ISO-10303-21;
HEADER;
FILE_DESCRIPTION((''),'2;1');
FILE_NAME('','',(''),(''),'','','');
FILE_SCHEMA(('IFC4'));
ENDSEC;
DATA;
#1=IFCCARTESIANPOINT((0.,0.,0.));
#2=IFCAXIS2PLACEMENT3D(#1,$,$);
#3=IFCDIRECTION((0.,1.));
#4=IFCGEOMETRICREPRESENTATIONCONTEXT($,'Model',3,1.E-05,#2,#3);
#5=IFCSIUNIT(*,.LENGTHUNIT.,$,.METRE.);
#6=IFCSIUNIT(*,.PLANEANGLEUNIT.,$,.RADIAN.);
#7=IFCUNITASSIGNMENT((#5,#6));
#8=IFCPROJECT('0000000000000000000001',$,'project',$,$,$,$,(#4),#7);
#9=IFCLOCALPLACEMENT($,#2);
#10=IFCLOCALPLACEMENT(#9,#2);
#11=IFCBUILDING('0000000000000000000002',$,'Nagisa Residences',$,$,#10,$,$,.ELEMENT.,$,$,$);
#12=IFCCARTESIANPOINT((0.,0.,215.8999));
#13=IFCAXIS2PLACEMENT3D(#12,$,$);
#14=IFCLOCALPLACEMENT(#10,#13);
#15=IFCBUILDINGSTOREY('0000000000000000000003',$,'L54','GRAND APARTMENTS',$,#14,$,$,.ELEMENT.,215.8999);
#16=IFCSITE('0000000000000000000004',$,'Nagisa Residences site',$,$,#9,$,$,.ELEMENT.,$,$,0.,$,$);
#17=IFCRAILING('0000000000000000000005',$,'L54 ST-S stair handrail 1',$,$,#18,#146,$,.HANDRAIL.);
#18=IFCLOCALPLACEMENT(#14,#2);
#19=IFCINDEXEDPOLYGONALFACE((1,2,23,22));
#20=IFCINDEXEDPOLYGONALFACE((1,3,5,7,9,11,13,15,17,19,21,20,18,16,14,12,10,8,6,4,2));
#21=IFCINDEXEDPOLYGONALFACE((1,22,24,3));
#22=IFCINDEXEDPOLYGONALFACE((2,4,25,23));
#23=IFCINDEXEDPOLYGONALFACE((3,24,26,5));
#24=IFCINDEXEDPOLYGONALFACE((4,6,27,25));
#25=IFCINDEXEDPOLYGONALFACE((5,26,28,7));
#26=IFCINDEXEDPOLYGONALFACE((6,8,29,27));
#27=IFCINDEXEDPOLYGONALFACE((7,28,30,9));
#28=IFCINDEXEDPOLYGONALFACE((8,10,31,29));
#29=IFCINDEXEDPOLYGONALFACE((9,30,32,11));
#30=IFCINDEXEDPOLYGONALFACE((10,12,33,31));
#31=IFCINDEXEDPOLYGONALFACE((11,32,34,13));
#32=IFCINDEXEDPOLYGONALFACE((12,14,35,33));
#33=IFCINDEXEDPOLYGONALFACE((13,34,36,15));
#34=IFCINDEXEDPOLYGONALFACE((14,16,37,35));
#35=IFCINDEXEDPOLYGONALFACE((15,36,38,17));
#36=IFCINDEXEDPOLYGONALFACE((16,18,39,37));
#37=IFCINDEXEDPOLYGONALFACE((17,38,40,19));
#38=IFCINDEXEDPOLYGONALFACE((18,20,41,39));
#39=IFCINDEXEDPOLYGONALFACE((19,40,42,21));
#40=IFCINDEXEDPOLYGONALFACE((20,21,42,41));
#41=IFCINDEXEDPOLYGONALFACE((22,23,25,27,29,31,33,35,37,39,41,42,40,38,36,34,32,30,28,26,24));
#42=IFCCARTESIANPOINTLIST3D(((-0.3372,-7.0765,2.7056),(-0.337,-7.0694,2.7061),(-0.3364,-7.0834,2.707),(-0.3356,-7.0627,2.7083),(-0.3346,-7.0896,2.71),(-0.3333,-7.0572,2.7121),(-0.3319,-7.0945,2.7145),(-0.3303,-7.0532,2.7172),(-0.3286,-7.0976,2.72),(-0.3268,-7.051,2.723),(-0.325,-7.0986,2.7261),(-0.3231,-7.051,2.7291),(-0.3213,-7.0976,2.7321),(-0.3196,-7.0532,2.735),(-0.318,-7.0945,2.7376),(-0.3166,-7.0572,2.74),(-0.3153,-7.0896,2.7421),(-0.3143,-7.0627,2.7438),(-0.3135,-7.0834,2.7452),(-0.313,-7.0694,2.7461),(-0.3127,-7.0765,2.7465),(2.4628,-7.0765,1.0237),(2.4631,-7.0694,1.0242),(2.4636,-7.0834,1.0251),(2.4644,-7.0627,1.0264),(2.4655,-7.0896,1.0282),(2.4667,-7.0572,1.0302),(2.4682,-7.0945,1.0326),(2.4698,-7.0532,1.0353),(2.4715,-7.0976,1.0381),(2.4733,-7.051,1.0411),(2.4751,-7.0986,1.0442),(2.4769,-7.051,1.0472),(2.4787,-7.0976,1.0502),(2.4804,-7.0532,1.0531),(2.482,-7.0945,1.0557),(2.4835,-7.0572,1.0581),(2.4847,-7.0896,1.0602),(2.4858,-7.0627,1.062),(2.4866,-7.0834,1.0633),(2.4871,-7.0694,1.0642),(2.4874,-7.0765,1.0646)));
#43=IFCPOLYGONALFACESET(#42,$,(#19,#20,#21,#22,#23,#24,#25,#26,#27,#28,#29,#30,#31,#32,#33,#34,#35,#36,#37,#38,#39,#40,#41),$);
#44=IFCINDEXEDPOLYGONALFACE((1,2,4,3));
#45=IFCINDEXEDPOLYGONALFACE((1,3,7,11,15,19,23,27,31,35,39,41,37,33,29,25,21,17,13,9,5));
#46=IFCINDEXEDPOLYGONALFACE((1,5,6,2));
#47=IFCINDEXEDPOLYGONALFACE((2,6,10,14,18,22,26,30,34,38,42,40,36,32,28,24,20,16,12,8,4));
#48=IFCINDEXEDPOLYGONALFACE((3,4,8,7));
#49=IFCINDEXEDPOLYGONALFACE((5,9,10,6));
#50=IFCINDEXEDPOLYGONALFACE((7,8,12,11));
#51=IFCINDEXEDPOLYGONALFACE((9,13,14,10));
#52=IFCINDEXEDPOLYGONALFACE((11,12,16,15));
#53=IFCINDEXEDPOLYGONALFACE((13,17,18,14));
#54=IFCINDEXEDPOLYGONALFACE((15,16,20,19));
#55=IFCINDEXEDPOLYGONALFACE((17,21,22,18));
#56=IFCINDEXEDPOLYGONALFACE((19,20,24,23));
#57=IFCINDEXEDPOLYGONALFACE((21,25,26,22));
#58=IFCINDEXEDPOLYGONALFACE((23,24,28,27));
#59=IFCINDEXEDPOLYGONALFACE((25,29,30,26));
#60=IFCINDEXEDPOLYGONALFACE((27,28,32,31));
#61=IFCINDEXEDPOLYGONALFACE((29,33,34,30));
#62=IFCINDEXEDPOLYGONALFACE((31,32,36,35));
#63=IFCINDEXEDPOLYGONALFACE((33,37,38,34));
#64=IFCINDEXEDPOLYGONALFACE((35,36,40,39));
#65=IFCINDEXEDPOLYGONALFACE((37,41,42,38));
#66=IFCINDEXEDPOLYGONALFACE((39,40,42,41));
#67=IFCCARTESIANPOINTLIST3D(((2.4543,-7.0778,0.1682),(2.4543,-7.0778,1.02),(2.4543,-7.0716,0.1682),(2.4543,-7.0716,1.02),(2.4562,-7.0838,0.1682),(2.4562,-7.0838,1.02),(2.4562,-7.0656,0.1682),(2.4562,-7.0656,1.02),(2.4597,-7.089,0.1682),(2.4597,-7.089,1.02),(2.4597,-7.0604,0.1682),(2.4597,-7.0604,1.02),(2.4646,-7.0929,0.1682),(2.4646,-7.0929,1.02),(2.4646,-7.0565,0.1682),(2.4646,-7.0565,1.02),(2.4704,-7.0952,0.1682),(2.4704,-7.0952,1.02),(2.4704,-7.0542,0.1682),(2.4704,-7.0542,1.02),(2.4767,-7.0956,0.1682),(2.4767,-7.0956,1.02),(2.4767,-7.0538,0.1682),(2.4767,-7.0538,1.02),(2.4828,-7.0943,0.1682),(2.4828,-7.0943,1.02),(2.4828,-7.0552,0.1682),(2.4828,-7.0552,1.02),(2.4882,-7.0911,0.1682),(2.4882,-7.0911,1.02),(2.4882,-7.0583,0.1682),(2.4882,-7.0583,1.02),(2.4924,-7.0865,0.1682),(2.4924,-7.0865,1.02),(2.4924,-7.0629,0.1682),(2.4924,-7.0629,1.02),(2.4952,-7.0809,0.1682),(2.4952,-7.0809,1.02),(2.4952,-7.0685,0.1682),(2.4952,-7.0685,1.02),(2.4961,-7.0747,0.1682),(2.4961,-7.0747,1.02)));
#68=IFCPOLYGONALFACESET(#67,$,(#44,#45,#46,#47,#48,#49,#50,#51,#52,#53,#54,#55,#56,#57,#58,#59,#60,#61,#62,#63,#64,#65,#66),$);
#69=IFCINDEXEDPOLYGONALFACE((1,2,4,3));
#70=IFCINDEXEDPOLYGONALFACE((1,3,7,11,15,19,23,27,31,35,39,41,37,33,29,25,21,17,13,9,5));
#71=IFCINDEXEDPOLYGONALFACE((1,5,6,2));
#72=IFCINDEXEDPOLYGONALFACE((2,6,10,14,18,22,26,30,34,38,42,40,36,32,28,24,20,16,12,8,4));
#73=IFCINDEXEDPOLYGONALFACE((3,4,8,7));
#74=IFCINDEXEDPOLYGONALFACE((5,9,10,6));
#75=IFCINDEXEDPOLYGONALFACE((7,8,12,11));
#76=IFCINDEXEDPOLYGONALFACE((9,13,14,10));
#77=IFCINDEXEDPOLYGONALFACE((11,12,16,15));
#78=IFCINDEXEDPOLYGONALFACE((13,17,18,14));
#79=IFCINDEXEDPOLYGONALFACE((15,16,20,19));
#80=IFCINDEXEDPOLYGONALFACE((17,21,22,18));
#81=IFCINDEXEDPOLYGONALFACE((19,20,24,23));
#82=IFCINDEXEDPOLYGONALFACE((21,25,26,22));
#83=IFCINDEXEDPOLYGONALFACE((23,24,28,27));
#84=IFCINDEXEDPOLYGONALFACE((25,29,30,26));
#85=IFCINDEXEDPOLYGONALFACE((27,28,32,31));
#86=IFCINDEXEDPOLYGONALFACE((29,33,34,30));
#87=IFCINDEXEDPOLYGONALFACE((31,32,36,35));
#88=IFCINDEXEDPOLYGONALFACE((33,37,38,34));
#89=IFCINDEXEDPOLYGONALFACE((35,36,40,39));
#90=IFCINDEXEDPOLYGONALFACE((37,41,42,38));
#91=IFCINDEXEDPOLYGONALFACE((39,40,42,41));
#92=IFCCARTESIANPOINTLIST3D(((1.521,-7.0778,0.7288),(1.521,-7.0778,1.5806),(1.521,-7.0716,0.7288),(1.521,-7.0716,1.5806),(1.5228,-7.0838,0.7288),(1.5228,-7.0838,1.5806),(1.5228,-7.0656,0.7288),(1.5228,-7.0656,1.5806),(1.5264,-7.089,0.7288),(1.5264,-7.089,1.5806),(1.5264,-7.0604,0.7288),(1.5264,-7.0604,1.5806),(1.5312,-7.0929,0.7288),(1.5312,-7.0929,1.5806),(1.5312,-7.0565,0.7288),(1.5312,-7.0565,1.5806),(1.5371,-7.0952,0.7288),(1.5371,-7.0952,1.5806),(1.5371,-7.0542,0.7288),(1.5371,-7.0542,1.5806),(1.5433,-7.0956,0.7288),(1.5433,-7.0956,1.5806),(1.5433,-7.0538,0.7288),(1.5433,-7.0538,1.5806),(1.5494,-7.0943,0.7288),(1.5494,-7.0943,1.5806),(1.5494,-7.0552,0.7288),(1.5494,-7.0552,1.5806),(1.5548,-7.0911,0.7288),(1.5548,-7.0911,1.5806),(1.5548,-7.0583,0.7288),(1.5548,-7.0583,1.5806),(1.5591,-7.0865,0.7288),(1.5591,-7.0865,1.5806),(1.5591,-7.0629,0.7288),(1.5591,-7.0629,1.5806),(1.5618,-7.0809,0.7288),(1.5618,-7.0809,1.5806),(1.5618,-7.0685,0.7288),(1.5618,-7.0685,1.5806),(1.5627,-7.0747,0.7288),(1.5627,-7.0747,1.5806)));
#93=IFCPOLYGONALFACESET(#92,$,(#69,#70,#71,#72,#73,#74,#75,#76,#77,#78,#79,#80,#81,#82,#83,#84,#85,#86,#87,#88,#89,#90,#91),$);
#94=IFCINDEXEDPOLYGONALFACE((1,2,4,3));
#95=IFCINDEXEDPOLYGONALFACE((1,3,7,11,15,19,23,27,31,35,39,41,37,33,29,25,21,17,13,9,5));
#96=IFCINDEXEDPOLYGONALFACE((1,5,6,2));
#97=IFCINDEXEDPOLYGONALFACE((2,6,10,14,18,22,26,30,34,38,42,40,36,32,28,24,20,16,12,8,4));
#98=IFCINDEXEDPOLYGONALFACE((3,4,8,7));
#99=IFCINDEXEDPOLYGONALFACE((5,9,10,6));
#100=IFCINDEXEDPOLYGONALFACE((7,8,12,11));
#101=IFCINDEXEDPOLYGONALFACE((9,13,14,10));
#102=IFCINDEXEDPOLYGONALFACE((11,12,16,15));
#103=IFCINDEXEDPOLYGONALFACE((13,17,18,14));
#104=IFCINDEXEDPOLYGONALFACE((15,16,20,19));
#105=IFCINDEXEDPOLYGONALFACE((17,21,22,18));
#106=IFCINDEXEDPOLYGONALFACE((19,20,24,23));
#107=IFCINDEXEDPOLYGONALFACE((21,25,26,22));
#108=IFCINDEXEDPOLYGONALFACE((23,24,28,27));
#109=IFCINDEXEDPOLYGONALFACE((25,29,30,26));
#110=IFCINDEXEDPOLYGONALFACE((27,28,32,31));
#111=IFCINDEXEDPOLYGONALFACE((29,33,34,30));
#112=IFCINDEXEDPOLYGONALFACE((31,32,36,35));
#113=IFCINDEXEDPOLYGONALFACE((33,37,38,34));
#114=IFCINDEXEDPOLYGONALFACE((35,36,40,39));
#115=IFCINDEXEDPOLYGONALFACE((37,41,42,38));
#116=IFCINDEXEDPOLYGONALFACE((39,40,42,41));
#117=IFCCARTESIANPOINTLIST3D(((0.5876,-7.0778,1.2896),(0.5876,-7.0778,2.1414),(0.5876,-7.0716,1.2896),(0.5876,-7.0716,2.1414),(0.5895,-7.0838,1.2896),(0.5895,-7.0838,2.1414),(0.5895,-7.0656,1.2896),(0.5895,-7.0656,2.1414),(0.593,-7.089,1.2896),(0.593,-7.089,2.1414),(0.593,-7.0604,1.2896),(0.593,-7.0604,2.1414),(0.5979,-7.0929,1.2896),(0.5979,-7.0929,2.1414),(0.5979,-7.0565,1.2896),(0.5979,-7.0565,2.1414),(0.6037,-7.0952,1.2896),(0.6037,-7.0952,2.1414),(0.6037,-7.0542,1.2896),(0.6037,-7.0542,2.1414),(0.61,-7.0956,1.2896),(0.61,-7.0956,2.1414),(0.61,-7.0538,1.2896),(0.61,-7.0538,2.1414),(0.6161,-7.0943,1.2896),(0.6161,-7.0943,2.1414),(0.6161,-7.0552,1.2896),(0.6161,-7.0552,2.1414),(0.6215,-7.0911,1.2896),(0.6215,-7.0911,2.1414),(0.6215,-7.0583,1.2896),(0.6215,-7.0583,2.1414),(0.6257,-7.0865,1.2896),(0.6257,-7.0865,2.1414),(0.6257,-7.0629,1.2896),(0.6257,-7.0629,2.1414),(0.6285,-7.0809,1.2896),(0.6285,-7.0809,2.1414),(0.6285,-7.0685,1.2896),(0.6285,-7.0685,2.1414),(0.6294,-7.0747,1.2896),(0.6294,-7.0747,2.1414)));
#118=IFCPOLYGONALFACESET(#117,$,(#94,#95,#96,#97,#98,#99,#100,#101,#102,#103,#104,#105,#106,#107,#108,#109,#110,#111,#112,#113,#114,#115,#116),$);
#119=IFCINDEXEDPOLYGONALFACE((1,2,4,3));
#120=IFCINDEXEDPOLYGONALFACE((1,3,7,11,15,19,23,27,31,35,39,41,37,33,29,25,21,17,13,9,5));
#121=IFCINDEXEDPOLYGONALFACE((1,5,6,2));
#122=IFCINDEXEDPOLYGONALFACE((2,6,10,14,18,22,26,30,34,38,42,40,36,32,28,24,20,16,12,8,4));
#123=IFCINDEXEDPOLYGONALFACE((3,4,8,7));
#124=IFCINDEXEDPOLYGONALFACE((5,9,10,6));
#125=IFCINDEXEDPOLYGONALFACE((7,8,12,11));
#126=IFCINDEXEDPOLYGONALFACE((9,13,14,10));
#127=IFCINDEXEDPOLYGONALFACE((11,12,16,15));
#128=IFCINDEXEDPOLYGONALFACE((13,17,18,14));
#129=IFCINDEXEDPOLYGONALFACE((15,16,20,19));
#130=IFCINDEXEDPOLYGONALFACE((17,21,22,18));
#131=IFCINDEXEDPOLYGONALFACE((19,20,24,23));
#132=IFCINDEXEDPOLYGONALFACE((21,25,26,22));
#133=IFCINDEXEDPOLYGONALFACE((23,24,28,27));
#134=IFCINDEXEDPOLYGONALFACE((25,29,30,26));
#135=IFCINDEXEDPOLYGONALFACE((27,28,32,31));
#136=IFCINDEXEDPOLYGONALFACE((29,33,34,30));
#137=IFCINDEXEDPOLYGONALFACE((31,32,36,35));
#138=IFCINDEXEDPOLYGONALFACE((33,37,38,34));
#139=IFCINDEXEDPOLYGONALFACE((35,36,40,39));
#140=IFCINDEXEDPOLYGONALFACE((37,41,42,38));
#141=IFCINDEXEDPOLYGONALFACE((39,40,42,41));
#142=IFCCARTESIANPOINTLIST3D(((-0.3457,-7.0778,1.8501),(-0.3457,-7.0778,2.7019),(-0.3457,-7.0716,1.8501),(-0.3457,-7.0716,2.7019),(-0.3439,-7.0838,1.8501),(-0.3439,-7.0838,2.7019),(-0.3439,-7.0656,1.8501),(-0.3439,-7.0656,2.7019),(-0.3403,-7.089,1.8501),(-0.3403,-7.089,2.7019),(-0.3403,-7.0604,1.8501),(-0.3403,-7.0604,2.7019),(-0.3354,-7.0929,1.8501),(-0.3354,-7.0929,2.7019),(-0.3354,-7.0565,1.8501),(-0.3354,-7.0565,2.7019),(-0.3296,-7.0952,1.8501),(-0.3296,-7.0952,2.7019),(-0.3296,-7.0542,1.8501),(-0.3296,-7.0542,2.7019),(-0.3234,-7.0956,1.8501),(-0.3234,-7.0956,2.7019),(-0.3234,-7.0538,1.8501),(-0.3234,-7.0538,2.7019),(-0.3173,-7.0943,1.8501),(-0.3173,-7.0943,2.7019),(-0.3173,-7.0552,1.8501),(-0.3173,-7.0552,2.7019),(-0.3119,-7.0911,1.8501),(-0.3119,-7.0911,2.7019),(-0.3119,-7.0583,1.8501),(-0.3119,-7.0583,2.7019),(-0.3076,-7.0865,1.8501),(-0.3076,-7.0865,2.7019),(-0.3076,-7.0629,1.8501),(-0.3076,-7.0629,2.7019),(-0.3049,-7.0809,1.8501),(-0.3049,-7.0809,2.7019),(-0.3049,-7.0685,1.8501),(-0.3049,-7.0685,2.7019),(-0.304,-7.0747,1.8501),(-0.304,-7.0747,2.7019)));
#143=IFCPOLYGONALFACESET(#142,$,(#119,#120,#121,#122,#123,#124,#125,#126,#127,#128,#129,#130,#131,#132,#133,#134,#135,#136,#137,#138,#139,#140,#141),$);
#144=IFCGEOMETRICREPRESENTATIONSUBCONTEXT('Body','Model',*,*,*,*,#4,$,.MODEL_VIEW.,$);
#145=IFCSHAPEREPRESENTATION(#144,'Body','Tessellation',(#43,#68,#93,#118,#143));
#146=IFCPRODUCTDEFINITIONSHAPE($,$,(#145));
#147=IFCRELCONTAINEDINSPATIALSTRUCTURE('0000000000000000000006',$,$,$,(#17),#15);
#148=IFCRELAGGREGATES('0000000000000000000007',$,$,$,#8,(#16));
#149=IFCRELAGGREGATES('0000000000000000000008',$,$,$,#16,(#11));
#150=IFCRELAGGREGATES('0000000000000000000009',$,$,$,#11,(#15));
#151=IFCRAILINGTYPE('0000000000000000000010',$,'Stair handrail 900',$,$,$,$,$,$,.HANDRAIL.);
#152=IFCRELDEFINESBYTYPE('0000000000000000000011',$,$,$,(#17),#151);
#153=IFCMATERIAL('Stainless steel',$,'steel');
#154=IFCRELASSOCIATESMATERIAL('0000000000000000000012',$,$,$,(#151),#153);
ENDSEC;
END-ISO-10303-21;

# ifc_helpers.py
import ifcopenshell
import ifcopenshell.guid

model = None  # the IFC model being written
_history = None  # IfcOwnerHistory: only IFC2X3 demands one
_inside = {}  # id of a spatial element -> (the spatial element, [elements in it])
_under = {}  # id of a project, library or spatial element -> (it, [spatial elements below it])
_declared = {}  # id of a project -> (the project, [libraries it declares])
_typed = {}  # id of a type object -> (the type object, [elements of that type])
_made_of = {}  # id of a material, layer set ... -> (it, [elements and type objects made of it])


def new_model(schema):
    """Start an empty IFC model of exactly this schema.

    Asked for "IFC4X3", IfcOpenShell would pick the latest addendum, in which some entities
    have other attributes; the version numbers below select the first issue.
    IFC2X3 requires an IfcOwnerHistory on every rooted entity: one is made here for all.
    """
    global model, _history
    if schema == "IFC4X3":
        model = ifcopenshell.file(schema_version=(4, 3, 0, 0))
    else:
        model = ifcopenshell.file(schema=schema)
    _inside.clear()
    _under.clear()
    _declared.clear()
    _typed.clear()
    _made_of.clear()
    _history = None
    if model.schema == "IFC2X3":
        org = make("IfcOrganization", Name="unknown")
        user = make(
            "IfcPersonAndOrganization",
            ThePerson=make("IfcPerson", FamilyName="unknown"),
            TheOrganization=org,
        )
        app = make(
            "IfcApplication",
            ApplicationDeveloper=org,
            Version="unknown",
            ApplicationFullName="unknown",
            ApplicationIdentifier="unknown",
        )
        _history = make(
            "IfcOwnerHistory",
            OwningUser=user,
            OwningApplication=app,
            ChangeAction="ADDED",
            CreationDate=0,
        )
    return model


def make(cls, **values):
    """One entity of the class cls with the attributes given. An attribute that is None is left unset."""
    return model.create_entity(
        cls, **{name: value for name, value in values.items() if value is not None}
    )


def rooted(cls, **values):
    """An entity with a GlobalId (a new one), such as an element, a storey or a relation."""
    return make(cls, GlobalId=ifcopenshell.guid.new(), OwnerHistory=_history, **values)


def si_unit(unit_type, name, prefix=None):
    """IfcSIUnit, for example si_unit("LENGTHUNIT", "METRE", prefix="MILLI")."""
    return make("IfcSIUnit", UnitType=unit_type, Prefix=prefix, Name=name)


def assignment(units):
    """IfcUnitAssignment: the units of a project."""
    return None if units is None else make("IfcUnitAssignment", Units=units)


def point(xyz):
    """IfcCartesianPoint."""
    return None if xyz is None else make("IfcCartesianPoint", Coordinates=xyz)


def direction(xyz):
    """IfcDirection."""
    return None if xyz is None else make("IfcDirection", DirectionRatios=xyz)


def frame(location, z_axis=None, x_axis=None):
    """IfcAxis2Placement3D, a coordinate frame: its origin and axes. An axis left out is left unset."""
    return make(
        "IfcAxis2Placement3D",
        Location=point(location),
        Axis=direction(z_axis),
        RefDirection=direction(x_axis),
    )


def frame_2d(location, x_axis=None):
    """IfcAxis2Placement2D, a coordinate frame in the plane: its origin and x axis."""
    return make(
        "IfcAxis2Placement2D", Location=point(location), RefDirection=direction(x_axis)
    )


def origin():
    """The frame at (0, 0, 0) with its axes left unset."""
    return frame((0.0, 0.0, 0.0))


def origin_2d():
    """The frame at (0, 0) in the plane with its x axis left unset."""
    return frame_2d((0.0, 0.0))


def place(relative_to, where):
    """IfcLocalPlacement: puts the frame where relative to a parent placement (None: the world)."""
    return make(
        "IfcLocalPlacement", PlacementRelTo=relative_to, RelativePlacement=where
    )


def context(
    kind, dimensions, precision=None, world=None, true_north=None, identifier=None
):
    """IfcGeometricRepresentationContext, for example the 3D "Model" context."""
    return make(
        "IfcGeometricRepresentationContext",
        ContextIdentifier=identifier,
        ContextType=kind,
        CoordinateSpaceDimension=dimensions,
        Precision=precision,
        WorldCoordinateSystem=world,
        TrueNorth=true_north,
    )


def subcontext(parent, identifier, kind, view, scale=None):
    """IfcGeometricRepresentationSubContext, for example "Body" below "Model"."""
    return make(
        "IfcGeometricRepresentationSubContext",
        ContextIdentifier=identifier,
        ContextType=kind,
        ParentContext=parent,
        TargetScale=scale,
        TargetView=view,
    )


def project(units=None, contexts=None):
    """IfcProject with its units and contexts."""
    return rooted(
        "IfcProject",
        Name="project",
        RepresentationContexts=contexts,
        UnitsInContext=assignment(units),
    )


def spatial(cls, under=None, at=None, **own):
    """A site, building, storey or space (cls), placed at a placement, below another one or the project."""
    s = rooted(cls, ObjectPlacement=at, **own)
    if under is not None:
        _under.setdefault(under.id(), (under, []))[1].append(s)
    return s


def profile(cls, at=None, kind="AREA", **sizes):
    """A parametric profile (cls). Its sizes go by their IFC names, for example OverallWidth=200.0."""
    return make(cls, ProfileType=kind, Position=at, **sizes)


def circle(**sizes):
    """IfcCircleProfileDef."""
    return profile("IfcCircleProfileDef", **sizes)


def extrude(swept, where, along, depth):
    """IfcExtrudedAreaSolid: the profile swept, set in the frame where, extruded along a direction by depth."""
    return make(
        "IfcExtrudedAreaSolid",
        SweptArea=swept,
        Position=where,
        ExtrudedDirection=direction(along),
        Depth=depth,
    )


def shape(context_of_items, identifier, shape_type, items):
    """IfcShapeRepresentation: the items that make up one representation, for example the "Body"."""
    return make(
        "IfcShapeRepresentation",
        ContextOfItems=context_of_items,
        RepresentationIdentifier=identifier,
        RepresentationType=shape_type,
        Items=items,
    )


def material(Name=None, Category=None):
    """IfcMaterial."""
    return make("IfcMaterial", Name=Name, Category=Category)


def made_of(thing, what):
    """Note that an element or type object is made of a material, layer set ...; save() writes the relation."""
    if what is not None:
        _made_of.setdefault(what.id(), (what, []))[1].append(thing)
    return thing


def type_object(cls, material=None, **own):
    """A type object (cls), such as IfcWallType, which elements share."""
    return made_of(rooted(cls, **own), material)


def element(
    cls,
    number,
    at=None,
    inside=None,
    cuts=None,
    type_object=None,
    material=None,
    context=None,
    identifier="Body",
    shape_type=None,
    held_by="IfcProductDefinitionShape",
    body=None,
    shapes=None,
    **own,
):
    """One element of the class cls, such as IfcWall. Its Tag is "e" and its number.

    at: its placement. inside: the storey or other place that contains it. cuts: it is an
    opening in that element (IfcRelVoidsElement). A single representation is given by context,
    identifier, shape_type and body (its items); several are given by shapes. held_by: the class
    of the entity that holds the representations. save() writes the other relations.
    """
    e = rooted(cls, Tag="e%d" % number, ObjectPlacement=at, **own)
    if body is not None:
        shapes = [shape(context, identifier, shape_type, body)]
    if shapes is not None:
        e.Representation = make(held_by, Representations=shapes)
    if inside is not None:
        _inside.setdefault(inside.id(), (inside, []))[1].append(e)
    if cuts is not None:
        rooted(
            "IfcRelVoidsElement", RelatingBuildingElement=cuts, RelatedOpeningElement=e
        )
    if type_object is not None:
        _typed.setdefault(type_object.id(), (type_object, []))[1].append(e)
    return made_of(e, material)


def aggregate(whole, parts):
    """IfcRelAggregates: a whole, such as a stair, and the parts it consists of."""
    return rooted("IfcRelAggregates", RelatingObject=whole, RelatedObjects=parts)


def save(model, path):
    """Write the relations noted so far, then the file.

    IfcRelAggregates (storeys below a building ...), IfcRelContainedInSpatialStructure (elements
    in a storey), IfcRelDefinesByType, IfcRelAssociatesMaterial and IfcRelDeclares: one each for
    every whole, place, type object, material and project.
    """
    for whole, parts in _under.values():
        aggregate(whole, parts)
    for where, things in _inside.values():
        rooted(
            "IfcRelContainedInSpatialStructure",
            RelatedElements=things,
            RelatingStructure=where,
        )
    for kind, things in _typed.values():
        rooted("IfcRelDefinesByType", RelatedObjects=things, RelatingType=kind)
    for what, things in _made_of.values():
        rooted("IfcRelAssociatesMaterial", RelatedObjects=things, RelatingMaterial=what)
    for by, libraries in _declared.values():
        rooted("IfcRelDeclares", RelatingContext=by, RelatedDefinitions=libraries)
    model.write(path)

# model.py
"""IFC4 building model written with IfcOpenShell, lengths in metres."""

from ifc_helpers import new_model, si_unit, direction, frame, origin, origin_2d, place, context, subcontext, project, spatial, circle, extrude, material, type_object, element, save


model = new_model("IFC4")

# Units and contexts
model_context = context("Model", 3, precision=1e-05, world=origin(), true_north=direction((0.0, 1.0)))
body_context = subcontext(model_context, "Body", "Model", "MODEL_VIEW")
ifc_project = project(units=[si_unit("LENGTHUNIT", "METRE"), si_unit("PLANEANGLEUNIT", "RADIAN")], contexts=[model_context])

# Site, building, storey
site_placement = place(None, origin())
site = spatial("IfcSite", under=ifc_project, at=site_placement, Name="Nagisa Residences site", CompositionType="ELEMENT", RefElevation=0.0)
building_placement = place(site_placement, origin())
building = spatial("IfcBuilding", under=site, at=building_placement, Name="Nagisa Residences", CompositionType="ELEMENT")
storey_placement = place(building_placement, frame((0.0, 0.0, 215.8999)))
storey = spatial("IfcBuildingStorey", under=building, at=storey_placement, Name="L54", Description="GRAND APARTMENTS", CompositionType="ELEMENT", Elevation=215.8999)

# Railing
ifc_material_1 = material(Name="Stainless steel", Category="steel")
railing_type_1 = type_object("IfcRailingType", Name="Stair handrail 900", PredefinedType="HANDRAIL", material=ifc_material_1)
railing_1_placement = place(storey_placement, frame((2.4751, -7.0747, 0.1682)))
element("IfcRailing", 1, at=railing_1_placement, inside=storey, type_object=railing_type_1, Name="L54 ST-S stair handrail 1", PredefinedType="HANDRAIL", context=body_context, shape_type="SweptSolid", body=[
    extrude(circle(Radius=0.0239, at=origin_2d()), frame((0.0, 0.0, 0.876), z_axis=(-0.857242, 0.0, 0.514913), x_axis=(0.0, -1.0, 0.0)), (0.0, 0.0, 1.0), 3.2664),
    extrude(circle(Radius=0.021, at=origin_2d()), origin(), (0.0, 0.0, 1.0), 0.8518),
    extrude(circle(Radius=0.021, at=origin_2d()), frame((-0.9333, 0.0, 0.5605)), (0.0, 0.0, 1.0), 0.8518),
    extrude(circle(Radius=0.021, at=origin_2d()), frame((-1.8667, 0.0, 1.1213)), (0.0, 0.0, 1.0), 0.8518),
    extrude(circle(Radius=0.021, at=origin_2d()), frame((-2.8, 0.0, 1.6819)), (0.0, 0.0, 1.0), 0.8518),
])

save(model, "model.ifc")
